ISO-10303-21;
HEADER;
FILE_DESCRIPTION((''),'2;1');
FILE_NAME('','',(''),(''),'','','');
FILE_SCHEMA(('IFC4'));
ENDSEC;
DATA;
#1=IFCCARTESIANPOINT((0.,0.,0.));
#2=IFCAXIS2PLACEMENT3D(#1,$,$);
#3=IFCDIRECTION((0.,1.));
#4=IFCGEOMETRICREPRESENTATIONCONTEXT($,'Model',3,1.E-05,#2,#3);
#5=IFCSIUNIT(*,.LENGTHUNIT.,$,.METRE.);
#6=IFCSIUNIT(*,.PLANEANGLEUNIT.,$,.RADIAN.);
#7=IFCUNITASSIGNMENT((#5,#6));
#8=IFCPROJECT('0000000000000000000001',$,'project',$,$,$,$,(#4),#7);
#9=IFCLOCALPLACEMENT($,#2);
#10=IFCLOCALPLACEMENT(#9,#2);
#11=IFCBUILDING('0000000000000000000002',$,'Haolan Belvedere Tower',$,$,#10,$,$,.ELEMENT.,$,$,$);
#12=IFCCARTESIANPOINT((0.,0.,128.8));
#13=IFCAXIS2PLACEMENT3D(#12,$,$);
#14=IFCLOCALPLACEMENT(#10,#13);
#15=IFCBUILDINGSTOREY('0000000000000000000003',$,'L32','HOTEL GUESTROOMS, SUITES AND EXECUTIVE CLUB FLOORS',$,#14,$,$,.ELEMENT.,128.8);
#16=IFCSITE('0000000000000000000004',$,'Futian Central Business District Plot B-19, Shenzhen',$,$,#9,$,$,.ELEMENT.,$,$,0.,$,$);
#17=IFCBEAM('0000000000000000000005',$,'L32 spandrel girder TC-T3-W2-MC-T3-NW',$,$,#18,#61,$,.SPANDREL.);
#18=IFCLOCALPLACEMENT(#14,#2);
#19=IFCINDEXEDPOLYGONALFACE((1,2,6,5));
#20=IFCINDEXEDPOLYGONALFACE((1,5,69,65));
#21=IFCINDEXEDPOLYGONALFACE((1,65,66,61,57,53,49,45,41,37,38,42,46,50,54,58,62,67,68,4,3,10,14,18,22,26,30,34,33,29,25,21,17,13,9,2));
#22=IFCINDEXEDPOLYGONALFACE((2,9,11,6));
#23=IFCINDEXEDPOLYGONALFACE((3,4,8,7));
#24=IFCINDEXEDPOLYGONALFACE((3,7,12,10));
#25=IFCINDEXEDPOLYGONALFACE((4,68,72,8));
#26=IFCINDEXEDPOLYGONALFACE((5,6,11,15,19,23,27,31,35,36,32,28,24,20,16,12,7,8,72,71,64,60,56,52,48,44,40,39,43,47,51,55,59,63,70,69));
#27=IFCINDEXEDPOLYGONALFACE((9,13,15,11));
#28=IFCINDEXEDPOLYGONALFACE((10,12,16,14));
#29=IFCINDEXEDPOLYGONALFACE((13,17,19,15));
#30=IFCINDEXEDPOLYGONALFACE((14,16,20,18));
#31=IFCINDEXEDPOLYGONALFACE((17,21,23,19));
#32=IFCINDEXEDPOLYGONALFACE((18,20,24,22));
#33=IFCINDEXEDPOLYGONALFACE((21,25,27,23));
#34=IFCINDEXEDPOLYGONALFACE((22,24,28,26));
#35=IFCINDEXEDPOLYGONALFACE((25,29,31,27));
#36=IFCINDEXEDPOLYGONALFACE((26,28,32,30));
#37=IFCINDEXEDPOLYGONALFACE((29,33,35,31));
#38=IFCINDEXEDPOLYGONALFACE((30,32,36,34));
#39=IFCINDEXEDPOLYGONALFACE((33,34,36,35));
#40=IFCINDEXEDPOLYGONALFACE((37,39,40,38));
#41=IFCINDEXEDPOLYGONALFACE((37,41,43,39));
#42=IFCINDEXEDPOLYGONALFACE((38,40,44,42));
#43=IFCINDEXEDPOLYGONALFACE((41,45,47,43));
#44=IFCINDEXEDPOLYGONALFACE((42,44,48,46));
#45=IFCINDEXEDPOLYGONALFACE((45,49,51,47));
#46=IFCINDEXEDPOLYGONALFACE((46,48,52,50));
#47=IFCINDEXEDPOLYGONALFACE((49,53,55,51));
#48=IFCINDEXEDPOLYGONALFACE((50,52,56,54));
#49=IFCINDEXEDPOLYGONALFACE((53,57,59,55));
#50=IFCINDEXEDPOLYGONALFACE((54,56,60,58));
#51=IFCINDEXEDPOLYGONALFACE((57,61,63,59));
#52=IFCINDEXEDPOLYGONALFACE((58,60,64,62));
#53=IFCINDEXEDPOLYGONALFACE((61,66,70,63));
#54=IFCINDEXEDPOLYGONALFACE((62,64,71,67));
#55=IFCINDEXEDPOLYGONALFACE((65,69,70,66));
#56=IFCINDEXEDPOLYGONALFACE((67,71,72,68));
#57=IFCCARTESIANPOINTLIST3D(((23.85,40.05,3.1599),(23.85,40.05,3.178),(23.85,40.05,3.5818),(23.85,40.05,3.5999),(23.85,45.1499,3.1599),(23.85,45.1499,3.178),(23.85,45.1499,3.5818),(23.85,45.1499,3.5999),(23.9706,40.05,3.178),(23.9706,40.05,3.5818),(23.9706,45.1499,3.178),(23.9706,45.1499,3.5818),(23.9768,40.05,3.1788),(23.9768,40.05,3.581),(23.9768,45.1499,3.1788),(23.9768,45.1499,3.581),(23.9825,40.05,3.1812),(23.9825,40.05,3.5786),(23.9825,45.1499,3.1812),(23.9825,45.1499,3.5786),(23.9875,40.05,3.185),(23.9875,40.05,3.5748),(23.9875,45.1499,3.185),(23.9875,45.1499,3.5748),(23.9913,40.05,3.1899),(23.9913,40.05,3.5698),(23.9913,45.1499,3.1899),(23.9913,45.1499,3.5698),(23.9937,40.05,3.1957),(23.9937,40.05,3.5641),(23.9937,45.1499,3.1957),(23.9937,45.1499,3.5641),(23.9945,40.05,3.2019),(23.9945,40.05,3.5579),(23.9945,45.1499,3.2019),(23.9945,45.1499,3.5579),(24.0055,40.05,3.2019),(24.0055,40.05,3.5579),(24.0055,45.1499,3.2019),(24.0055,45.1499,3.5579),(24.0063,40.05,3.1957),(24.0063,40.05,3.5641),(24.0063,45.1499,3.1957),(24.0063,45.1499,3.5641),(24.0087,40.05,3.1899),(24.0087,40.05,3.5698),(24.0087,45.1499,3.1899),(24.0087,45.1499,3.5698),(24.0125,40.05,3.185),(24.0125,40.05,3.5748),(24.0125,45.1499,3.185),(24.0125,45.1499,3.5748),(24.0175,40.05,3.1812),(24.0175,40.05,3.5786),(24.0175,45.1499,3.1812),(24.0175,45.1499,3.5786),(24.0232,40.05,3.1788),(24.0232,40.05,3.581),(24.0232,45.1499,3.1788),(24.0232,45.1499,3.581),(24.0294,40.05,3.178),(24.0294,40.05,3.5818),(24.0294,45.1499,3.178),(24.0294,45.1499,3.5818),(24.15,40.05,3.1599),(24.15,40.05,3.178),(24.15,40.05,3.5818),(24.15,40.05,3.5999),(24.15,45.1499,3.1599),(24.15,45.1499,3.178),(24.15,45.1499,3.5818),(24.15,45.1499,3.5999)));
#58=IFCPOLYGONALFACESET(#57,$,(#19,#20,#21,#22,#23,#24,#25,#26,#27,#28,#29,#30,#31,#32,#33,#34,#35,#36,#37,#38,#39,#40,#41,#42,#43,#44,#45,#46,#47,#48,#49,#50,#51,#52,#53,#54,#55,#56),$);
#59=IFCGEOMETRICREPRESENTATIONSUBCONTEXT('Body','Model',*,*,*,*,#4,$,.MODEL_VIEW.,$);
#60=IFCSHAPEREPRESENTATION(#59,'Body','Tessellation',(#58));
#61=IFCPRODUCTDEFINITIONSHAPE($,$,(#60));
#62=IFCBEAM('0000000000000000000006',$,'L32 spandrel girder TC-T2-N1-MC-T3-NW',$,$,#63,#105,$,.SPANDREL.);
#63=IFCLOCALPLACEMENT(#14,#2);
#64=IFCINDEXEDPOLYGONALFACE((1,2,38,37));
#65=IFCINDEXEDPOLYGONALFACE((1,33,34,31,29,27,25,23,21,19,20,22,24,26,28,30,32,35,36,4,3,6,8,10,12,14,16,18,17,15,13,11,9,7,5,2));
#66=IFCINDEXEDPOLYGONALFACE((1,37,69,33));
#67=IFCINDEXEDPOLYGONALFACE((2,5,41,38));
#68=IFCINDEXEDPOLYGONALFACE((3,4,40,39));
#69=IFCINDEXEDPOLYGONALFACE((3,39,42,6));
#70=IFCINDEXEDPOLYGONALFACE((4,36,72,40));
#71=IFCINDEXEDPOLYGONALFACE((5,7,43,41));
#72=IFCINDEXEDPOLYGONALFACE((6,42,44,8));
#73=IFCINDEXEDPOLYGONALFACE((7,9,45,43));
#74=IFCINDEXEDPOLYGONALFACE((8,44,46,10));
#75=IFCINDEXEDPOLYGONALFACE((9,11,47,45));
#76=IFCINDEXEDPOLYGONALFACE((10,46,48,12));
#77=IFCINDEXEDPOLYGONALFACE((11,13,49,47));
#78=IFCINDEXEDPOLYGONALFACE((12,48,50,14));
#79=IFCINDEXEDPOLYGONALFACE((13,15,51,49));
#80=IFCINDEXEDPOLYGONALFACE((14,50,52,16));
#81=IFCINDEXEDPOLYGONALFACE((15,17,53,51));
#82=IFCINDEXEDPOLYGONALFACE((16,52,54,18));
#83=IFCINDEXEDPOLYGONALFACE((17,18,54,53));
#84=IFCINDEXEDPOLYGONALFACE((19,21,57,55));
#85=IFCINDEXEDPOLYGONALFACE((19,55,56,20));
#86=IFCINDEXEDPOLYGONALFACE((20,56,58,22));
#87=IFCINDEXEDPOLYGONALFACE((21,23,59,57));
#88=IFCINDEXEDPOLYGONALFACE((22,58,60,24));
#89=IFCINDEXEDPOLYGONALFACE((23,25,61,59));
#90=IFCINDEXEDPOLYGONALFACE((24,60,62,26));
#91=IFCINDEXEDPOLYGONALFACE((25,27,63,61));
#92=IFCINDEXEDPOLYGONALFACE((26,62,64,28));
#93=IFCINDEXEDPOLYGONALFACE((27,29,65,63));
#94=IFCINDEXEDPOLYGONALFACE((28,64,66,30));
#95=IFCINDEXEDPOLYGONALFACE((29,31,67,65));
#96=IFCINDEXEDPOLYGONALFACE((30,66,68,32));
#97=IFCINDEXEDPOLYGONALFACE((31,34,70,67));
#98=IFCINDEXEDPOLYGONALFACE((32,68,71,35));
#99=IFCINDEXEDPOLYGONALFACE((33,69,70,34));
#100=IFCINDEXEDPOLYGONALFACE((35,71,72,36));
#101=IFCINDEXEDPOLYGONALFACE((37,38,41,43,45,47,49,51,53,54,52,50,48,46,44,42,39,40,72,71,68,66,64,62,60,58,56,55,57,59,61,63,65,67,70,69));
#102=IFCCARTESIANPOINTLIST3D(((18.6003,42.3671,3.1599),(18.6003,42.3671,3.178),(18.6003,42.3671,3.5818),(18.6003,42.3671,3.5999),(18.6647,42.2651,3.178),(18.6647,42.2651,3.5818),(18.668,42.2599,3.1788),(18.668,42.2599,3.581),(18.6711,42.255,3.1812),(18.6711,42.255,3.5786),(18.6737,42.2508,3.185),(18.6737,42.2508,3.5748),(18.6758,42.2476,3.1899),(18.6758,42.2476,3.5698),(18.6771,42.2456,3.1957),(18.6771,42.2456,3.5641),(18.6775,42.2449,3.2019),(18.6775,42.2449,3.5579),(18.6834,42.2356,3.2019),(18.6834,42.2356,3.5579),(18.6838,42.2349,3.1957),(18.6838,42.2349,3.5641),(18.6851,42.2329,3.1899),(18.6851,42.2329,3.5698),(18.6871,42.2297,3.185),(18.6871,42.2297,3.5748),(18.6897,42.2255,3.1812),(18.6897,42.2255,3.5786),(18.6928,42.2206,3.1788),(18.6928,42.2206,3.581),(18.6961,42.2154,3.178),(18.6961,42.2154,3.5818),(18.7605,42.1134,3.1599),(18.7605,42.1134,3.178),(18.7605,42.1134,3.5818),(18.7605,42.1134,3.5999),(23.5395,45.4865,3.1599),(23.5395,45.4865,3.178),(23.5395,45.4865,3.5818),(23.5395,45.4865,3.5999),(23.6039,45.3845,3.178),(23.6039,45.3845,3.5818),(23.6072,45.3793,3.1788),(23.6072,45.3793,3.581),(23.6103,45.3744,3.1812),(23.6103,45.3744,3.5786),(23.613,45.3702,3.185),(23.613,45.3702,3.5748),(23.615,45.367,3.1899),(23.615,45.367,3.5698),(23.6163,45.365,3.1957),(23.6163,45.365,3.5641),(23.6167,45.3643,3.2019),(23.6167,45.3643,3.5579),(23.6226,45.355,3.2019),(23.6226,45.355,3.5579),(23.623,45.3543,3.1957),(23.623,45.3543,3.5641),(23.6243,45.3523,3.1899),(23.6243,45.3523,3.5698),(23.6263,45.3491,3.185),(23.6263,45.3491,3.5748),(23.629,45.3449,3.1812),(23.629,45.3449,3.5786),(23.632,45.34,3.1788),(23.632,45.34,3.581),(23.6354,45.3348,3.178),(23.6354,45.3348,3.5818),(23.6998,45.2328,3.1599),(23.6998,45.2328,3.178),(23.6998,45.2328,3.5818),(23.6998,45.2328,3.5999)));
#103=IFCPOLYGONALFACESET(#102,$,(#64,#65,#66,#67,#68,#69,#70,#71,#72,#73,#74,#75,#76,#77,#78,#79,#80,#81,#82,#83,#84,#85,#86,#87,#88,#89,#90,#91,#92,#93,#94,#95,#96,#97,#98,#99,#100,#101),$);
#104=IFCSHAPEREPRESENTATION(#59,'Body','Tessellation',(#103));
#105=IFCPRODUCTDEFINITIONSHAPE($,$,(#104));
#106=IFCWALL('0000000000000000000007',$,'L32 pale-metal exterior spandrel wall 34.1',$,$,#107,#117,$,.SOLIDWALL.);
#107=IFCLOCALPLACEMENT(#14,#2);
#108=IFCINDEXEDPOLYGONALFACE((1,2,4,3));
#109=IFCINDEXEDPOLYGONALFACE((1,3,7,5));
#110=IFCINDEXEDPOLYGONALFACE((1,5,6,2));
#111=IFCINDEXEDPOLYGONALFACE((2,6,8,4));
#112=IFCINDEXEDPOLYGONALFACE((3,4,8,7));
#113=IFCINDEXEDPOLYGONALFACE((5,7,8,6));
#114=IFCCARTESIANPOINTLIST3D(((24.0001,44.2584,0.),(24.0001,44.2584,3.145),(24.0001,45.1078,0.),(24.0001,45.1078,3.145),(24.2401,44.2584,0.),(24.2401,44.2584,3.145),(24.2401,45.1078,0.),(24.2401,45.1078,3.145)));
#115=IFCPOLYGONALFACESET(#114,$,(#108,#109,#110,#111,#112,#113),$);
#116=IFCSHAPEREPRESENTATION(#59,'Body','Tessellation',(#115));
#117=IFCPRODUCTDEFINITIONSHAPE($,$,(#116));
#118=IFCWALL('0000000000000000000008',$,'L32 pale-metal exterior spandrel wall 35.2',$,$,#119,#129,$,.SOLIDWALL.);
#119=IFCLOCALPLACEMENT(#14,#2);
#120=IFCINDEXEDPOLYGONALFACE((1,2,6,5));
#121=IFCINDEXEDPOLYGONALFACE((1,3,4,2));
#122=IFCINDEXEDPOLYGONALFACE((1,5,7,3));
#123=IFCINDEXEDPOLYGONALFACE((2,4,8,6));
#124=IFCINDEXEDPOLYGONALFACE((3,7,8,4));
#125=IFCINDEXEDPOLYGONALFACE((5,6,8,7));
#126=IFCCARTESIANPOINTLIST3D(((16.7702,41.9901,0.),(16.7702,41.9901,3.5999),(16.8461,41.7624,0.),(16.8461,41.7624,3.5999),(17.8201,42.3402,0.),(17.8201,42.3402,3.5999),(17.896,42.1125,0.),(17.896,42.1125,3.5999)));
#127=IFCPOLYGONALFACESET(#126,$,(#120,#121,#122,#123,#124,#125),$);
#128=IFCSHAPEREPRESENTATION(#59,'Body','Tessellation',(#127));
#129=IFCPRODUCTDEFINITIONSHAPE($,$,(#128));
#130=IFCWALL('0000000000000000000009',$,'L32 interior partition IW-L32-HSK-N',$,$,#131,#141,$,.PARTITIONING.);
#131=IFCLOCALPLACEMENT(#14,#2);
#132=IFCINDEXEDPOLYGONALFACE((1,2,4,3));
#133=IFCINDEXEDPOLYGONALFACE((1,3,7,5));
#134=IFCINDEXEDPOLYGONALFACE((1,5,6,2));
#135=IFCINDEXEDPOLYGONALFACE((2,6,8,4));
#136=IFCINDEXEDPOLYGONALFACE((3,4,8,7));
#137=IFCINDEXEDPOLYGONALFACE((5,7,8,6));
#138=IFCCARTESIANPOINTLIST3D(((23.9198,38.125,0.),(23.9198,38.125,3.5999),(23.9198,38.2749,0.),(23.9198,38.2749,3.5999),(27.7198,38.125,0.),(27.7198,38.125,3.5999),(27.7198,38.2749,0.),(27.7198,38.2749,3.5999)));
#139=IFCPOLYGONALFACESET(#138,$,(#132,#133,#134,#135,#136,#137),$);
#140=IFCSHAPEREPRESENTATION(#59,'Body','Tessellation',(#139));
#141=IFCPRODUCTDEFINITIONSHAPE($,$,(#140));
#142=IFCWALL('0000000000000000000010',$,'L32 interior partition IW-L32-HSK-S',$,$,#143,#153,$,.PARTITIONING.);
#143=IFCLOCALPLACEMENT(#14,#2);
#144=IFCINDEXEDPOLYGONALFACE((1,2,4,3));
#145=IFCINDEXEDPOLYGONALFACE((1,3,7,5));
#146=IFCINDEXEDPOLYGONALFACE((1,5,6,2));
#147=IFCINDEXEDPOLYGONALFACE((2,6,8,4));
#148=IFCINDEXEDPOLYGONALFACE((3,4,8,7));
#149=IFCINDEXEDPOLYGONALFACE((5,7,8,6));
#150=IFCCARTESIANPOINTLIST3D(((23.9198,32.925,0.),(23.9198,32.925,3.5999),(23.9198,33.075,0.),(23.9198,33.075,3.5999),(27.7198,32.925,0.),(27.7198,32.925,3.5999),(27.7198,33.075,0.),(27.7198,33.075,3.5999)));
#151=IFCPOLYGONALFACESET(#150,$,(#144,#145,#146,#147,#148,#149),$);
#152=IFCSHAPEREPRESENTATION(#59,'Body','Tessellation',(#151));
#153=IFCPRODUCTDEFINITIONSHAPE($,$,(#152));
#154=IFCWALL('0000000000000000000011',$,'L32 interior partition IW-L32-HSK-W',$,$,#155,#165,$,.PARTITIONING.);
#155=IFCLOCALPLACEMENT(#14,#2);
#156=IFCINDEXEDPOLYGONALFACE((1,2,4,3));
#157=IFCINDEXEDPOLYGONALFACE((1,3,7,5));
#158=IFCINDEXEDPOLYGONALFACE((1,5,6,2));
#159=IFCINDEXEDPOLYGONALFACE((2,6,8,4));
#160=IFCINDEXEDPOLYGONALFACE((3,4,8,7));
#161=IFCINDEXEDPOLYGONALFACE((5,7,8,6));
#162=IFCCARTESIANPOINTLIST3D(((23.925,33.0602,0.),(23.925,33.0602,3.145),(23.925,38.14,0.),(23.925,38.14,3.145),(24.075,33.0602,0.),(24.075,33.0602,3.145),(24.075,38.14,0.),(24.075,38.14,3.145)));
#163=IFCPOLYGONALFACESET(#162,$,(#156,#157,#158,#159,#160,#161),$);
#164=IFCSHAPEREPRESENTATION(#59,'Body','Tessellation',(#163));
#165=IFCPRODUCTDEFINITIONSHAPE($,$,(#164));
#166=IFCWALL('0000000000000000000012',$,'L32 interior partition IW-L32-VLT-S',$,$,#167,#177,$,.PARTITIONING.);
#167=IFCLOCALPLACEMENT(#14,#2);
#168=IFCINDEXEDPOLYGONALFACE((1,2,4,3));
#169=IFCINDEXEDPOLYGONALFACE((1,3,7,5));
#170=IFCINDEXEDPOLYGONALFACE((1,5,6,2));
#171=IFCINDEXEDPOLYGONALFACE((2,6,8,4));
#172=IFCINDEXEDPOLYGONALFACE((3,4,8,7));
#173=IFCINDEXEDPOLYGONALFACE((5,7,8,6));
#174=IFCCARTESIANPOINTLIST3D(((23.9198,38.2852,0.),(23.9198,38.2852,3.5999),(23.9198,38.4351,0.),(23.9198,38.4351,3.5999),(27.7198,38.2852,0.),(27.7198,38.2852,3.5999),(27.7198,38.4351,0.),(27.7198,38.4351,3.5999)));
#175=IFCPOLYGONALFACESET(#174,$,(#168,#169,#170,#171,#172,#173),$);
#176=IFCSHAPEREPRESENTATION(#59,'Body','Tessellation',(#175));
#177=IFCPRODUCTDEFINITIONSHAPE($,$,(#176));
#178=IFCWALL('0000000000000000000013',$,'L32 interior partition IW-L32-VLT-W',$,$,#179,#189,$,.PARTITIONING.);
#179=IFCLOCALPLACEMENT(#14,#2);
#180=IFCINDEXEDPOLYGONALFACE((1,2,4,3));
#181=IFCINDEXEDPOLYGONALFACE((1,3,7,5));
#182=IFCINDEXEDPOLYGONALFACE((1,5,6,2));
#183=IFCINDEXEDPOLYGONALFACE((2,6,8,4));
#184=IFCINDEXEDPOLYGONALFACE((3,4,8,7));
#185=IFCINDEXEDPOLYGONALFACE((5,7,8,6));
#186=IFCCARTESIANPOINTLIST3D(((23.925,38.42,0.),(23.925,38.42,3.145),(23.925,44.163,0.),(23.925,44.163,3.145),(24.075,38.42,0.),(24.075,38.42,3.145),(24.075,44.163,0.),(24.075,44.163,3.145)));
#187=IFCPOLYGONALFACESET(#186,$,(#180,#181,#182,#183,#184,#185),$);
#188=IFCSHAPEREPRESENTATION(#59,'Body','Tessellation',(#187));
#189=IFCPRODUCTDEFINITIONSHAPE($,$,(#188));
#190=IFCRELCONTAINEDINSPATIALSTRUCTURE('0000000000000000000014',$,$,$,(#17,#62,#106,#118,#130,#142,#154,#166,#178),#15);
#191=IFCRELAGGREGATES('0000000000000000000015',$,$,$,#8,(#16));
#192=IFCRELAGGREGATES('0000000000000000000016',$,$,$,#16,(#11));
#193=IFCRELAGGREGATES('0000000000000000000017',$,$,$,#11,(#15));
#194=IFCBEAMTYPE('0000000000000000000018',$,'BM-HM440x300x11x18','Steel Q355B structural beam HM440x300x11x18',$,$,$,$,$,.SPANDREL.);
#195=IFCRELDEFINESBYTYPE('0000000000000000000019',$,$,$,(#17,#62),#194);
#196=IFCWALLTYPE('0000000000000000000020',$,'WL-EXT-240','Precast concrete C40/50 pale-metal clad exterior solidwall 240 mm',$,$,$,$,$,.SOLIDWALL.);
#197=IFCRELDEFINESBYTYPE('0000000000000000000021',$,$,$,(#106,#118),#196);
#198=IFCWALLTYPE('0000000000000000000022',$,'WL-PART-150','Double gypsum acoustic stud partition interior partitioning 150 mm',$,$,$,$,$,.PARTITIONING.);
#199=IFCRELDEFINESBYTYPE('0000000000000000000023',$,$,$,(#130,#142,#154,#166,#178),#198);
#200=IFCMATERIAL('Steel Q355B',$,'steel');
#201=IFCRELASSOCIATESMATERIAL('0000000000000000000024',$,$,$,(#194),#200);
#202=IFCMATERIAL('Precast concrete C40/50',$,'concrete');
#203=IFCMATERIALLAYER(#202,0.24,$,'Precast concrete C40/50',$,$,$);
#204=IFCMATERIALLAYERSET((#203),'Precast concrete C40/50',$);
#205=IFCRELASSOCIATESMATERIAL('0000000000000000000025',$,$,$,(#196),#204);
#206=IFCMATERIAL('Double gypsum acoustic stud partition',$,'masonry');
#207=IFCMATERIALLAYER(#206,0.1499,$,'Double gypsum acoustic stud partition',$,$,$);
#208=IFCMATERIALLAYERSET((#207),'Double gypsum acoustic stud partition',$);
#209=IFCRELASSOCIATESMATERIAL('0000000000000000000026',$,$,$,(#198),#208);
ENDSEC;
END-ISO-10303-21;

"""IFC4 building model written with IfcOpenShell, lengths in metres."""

from ifc_helpers import new_model, si_unit, direction, frame, frame_2d, origin, origin_2d, place, context, subcontext, project, spatial, rectangle, i_section, extrude, material, layer, layer_set, material_profile, profile_set, type_object, element, save


model = new_model("IFC4")

# Units and contexts
model_context = context("Model", 3, precision=1e-05, world=origin(), true_north=direction((0.0, 1.0)))
body_context = subcontext(model_context, "Body", "Model", "MODEL_VIEW")
ifc_project = project(units=[si_unit("LENGTHUNIT", "METRE"), si_unit("PLANEANGLEUNIT", "RADIAN")], contexts=[model_context])

# Site, building, storey
site_placement = place(None, origin())
site = spatial("IfcSite", under=ifc_project, at=site_placement, Name="Futian Central Business District Plot B-19, Shenzhen", CompositionType="ELEMENT", RefElevation=0.0)
building_placement = place(site_placement, origin())
building = spatial("IfcBuilding", under=site, at=building_placement, Name="Haolan Belvedere Tower", CompositionType="ELEMENT")
storey_placement = place(building_placement, frame((0.0, 0.0, 128.8)))
storey = spatial("IfcBuildingStorey", under=building, at=storey_placement, Name="L32", Description="HOTEL GUESTROOMS, SUITES AND EXECUTIVE CLUB FLOORS", CompositionType="ELEMENT", Elevation=128.8)

# Beams
ifc_material_1 = material(Name="Steel Q355B", Category="steel")
ifc_material_profile_1 = material_profile(ifc_material_1, i_section(OverallWidth=0.3, OverallDepth=0.4399, WebThickness=0.011, FlangeThickness=0.0181, FilletRadius=0.0239, at=origin_2d()), Name="Steel Q355B")
ifc_profile_set_1 = profile_set([ifc_material_profile_1], Name="Steel Q355B")
beam_type = type_object("IfcBeamType", Name="BM-HM440x300x11x18", Description="Steel Q355B structural beam HM440x300x11x18", PredefinedType="SPANDREL", material=ifc_profile_set_1)
for number, where, z_axis, x_axis, name in (
    (1, (24.0, 40.05, 3.3799), (0.0, 1.0, 0.0), (-1.0, 0.0, 0.0), "L32 spandrel girder TC-T3-W2-MC-T3-NW"),
):
    element("IfcBeam", number, at=place(storey_placement, frame(where, z_axis=z_axis, x_axis=x_axis)), inside=storey, type_object=beam_type, Name=name, PredefinedType="SPANDREL", context=body_context, shape_type="SweptSolid", body=[
        extrude(i_section(OverallWidth=0.3, OverallDepth=0.4399, WebThickness=0.011, FlangeThickness=0.0181, FilletRadius=0.0239, at=origin_2d()), origin(), (0.0, 0.0, 1.0), 5.0999),
    ])
beam_placement = place(storey_placement, frame((18.6804, 42.2402, 3.3799), z_axis=(0.845498, 0.533979, 0.0), x_axis=(-0.533979, 0.845498, 0.0)))
element("IfcBeam", 2, at=beam_placement, inside=storey, type_object=beam_type, Name="L32 spandrel girder TC-T2-N1-MC-T3-NW", PredefinedType="SPANDREL", context=body_context, shape_type="SweptSolid", body=[
    extrude(i_section(OverallWidth=0.3, OverallDepth=0.4399, WebThickness=0.011, FlangeThickness=0.0181, FilletRadius=0.0239, at=origin_2d()), origin(), (0.0, 0.0, 1.0), 5.8418),
])

# Walls
ifc_material_2 = material(Name="Precast concrete C40/50", Category="concrete")
ifc_layer_1 = layer(ifc_material_2, 0.24, Name="Precast concrete C40/50")
ifc_layer_set_1 = layer_set([ifc_layer_1], Name="Precast concrete C40/50")
wall_type_1 = type_object("IfcWallType", Name="WL-EXT-240", Description="Precast concrete C40/50 pale-metal clad exterior solidwall 240 mm", PredefinedType="SOLIDWALL", material=ifc_layer_set_1)
wall_1_placement = place(storey_placement, frame((24.1201, 45.1079, 0.0), z_axis=(0.0, 0.0, 1.0), x_axis=(0.0, -1.0, 0.0)))
element("IfcWall", 3, at=wall_1_placement, inside=storey, type_object=wall_type_1, Name="L32 pale-metal exterior spandrel wall 34.1", PredefinedType="SOLIDWALL", context=body_context, shape_type="SweptSolid", body=[
    extrude(rectangle(XDim=0.8494, YDim=0.24, at=frame_2d((0.4248, 0.0))), origin(), (0.0, 0.0, 1.0), 3.145),
])
wall_2_placement = place(storey_placement, frame((17.8579, 42.2263, 0.0), z_axis=(0.0, 0.0, 1.0), x_axis=(-0.948639, -0.31636, 0.0)))
element("IfcWall", 4, at=wall_2_placement, inside=storey, type_object=wall_type_1, Name="L32 pale-metal exterior spandrel wall 35.2", PredefinedType="SOLIDWALL", context=body_context, shape_type="SweptSolid", body=[
    extrude(rectangle(XDim=1.1067, YDim=0.24, at=frame_2d((0.5532, 0.0))), origin(), (0.0, 0.0, 1.0), 3.5999),
])
ifc_material_3 = material(Name="Double gypsum acoustic stud partition", Category="masonry")
ifc_layer_2 = layer(ifc_material_3, 0.1499, Name="Double gypsum acoustic stud partition")
ifc_layer_set_2 = layer_set([ifc_layer_2], Name="Double gypsum acoustic stud partition")
wall_type_2 = type_object("IfcWallType", Name="WL-PART-150", Description="Double gypsum acoustic stud partition interior partitioning 150 mm", PredefinedType="PARTITIONING", material=ifc_layer_set_2)
for number, where, z_axis, x_axis, name in (
    (5, (23.9199, 38.2, 0.0), (0.0, 0.0, 1.0), (1.0, 0.0, 0.0), "L32 interior partition IW-L32-HSK-N"),
    (6, (23.9199, 33.0, 0.0), (0.0, 0.0, 1.0), (1.0, 0.0, 0.0), "L32 interior partition IW-L32-HSK-S"),
):
    element("IfcWall", number, at=place(storey_placement, frame(where, z_axis=z_axis, x_axis=x_axis)), inside=storey, type_object=wall_type_2, Name=name, PredefinedType="PARTITIONING", context=body_context, shape_type="SweptSolid", body=[
        extrude(rectangle(XDim=3.8, YDim=0.1499, at=frame_2d((1.8999, 0.0))), origin(), (0.0, 0.0, 1.0), 3.5999),
    ])
wall_3_placement = place(storey_placement, frame((24.0, 33.0601, 0.0), z_axis=(0.0, 0.0, 1.0), x_axis=(0.0, 1.0, 0.0)))
element("IfcWall", 7, at=wall_3_placement, inside=storey, type_object=wall_type_2, Name="L32 interior partition IW-L32-HSK-W", PredefinedType="PARTITIONING", context=body_context, shape_type="SweptSolid", body=[
    extrude(rectangle(XDim=5.0798, YDim=0.1499, at=frame_2d((2.54, 0.0))), origin(), (0.0, 0.0, 1.0), 3.145),
])
wall_4_placement = place(storey_placement, frame((23.9199, 38.3601, 0.0), z_axis=(0.0, 0.0, 1.0), x_axis=(1.0, 0.0, 0.0)))
element("IfcWall", 8, at=wall_4_placement, inside=storey, type_object=wall_type_2, Name="L32 interior partition IW-L32-VLT-S", PredefinedType="PARTITIONING", context=body_context, shape_type="SweptSolid", body=[
    extrude(rectangle(XDim=3.8, YDim=0.1499, at=frame_2d((1.8999, 0.0))), origin(), (0.0, 0.0, 1.0), 3.5999),
])
wall_5_placement = place(storey_placement, frame((24.0, 38.4199, 0.0), z_axis=(0.0, 0.0, 1.0), x_axis=(0.0, 1.0, 0.0)))
element("IfcWall", 9, at=wall_5_placement, inside=storey, type_object=wall_type_2, Name="L32 interior partition IW-L32-VLT-W", PredefinedType="PARTITIONING", context=body_context, shape_type="SweptSolid", body=[
    extrude(rectangle(XDim=5.7429, YDim=0.1499, at=frame_2d((2.8716, 0.0))), origin(), (0.0, 0.0, 1.0), 3.145),
])

save(model, "model.ifc")
